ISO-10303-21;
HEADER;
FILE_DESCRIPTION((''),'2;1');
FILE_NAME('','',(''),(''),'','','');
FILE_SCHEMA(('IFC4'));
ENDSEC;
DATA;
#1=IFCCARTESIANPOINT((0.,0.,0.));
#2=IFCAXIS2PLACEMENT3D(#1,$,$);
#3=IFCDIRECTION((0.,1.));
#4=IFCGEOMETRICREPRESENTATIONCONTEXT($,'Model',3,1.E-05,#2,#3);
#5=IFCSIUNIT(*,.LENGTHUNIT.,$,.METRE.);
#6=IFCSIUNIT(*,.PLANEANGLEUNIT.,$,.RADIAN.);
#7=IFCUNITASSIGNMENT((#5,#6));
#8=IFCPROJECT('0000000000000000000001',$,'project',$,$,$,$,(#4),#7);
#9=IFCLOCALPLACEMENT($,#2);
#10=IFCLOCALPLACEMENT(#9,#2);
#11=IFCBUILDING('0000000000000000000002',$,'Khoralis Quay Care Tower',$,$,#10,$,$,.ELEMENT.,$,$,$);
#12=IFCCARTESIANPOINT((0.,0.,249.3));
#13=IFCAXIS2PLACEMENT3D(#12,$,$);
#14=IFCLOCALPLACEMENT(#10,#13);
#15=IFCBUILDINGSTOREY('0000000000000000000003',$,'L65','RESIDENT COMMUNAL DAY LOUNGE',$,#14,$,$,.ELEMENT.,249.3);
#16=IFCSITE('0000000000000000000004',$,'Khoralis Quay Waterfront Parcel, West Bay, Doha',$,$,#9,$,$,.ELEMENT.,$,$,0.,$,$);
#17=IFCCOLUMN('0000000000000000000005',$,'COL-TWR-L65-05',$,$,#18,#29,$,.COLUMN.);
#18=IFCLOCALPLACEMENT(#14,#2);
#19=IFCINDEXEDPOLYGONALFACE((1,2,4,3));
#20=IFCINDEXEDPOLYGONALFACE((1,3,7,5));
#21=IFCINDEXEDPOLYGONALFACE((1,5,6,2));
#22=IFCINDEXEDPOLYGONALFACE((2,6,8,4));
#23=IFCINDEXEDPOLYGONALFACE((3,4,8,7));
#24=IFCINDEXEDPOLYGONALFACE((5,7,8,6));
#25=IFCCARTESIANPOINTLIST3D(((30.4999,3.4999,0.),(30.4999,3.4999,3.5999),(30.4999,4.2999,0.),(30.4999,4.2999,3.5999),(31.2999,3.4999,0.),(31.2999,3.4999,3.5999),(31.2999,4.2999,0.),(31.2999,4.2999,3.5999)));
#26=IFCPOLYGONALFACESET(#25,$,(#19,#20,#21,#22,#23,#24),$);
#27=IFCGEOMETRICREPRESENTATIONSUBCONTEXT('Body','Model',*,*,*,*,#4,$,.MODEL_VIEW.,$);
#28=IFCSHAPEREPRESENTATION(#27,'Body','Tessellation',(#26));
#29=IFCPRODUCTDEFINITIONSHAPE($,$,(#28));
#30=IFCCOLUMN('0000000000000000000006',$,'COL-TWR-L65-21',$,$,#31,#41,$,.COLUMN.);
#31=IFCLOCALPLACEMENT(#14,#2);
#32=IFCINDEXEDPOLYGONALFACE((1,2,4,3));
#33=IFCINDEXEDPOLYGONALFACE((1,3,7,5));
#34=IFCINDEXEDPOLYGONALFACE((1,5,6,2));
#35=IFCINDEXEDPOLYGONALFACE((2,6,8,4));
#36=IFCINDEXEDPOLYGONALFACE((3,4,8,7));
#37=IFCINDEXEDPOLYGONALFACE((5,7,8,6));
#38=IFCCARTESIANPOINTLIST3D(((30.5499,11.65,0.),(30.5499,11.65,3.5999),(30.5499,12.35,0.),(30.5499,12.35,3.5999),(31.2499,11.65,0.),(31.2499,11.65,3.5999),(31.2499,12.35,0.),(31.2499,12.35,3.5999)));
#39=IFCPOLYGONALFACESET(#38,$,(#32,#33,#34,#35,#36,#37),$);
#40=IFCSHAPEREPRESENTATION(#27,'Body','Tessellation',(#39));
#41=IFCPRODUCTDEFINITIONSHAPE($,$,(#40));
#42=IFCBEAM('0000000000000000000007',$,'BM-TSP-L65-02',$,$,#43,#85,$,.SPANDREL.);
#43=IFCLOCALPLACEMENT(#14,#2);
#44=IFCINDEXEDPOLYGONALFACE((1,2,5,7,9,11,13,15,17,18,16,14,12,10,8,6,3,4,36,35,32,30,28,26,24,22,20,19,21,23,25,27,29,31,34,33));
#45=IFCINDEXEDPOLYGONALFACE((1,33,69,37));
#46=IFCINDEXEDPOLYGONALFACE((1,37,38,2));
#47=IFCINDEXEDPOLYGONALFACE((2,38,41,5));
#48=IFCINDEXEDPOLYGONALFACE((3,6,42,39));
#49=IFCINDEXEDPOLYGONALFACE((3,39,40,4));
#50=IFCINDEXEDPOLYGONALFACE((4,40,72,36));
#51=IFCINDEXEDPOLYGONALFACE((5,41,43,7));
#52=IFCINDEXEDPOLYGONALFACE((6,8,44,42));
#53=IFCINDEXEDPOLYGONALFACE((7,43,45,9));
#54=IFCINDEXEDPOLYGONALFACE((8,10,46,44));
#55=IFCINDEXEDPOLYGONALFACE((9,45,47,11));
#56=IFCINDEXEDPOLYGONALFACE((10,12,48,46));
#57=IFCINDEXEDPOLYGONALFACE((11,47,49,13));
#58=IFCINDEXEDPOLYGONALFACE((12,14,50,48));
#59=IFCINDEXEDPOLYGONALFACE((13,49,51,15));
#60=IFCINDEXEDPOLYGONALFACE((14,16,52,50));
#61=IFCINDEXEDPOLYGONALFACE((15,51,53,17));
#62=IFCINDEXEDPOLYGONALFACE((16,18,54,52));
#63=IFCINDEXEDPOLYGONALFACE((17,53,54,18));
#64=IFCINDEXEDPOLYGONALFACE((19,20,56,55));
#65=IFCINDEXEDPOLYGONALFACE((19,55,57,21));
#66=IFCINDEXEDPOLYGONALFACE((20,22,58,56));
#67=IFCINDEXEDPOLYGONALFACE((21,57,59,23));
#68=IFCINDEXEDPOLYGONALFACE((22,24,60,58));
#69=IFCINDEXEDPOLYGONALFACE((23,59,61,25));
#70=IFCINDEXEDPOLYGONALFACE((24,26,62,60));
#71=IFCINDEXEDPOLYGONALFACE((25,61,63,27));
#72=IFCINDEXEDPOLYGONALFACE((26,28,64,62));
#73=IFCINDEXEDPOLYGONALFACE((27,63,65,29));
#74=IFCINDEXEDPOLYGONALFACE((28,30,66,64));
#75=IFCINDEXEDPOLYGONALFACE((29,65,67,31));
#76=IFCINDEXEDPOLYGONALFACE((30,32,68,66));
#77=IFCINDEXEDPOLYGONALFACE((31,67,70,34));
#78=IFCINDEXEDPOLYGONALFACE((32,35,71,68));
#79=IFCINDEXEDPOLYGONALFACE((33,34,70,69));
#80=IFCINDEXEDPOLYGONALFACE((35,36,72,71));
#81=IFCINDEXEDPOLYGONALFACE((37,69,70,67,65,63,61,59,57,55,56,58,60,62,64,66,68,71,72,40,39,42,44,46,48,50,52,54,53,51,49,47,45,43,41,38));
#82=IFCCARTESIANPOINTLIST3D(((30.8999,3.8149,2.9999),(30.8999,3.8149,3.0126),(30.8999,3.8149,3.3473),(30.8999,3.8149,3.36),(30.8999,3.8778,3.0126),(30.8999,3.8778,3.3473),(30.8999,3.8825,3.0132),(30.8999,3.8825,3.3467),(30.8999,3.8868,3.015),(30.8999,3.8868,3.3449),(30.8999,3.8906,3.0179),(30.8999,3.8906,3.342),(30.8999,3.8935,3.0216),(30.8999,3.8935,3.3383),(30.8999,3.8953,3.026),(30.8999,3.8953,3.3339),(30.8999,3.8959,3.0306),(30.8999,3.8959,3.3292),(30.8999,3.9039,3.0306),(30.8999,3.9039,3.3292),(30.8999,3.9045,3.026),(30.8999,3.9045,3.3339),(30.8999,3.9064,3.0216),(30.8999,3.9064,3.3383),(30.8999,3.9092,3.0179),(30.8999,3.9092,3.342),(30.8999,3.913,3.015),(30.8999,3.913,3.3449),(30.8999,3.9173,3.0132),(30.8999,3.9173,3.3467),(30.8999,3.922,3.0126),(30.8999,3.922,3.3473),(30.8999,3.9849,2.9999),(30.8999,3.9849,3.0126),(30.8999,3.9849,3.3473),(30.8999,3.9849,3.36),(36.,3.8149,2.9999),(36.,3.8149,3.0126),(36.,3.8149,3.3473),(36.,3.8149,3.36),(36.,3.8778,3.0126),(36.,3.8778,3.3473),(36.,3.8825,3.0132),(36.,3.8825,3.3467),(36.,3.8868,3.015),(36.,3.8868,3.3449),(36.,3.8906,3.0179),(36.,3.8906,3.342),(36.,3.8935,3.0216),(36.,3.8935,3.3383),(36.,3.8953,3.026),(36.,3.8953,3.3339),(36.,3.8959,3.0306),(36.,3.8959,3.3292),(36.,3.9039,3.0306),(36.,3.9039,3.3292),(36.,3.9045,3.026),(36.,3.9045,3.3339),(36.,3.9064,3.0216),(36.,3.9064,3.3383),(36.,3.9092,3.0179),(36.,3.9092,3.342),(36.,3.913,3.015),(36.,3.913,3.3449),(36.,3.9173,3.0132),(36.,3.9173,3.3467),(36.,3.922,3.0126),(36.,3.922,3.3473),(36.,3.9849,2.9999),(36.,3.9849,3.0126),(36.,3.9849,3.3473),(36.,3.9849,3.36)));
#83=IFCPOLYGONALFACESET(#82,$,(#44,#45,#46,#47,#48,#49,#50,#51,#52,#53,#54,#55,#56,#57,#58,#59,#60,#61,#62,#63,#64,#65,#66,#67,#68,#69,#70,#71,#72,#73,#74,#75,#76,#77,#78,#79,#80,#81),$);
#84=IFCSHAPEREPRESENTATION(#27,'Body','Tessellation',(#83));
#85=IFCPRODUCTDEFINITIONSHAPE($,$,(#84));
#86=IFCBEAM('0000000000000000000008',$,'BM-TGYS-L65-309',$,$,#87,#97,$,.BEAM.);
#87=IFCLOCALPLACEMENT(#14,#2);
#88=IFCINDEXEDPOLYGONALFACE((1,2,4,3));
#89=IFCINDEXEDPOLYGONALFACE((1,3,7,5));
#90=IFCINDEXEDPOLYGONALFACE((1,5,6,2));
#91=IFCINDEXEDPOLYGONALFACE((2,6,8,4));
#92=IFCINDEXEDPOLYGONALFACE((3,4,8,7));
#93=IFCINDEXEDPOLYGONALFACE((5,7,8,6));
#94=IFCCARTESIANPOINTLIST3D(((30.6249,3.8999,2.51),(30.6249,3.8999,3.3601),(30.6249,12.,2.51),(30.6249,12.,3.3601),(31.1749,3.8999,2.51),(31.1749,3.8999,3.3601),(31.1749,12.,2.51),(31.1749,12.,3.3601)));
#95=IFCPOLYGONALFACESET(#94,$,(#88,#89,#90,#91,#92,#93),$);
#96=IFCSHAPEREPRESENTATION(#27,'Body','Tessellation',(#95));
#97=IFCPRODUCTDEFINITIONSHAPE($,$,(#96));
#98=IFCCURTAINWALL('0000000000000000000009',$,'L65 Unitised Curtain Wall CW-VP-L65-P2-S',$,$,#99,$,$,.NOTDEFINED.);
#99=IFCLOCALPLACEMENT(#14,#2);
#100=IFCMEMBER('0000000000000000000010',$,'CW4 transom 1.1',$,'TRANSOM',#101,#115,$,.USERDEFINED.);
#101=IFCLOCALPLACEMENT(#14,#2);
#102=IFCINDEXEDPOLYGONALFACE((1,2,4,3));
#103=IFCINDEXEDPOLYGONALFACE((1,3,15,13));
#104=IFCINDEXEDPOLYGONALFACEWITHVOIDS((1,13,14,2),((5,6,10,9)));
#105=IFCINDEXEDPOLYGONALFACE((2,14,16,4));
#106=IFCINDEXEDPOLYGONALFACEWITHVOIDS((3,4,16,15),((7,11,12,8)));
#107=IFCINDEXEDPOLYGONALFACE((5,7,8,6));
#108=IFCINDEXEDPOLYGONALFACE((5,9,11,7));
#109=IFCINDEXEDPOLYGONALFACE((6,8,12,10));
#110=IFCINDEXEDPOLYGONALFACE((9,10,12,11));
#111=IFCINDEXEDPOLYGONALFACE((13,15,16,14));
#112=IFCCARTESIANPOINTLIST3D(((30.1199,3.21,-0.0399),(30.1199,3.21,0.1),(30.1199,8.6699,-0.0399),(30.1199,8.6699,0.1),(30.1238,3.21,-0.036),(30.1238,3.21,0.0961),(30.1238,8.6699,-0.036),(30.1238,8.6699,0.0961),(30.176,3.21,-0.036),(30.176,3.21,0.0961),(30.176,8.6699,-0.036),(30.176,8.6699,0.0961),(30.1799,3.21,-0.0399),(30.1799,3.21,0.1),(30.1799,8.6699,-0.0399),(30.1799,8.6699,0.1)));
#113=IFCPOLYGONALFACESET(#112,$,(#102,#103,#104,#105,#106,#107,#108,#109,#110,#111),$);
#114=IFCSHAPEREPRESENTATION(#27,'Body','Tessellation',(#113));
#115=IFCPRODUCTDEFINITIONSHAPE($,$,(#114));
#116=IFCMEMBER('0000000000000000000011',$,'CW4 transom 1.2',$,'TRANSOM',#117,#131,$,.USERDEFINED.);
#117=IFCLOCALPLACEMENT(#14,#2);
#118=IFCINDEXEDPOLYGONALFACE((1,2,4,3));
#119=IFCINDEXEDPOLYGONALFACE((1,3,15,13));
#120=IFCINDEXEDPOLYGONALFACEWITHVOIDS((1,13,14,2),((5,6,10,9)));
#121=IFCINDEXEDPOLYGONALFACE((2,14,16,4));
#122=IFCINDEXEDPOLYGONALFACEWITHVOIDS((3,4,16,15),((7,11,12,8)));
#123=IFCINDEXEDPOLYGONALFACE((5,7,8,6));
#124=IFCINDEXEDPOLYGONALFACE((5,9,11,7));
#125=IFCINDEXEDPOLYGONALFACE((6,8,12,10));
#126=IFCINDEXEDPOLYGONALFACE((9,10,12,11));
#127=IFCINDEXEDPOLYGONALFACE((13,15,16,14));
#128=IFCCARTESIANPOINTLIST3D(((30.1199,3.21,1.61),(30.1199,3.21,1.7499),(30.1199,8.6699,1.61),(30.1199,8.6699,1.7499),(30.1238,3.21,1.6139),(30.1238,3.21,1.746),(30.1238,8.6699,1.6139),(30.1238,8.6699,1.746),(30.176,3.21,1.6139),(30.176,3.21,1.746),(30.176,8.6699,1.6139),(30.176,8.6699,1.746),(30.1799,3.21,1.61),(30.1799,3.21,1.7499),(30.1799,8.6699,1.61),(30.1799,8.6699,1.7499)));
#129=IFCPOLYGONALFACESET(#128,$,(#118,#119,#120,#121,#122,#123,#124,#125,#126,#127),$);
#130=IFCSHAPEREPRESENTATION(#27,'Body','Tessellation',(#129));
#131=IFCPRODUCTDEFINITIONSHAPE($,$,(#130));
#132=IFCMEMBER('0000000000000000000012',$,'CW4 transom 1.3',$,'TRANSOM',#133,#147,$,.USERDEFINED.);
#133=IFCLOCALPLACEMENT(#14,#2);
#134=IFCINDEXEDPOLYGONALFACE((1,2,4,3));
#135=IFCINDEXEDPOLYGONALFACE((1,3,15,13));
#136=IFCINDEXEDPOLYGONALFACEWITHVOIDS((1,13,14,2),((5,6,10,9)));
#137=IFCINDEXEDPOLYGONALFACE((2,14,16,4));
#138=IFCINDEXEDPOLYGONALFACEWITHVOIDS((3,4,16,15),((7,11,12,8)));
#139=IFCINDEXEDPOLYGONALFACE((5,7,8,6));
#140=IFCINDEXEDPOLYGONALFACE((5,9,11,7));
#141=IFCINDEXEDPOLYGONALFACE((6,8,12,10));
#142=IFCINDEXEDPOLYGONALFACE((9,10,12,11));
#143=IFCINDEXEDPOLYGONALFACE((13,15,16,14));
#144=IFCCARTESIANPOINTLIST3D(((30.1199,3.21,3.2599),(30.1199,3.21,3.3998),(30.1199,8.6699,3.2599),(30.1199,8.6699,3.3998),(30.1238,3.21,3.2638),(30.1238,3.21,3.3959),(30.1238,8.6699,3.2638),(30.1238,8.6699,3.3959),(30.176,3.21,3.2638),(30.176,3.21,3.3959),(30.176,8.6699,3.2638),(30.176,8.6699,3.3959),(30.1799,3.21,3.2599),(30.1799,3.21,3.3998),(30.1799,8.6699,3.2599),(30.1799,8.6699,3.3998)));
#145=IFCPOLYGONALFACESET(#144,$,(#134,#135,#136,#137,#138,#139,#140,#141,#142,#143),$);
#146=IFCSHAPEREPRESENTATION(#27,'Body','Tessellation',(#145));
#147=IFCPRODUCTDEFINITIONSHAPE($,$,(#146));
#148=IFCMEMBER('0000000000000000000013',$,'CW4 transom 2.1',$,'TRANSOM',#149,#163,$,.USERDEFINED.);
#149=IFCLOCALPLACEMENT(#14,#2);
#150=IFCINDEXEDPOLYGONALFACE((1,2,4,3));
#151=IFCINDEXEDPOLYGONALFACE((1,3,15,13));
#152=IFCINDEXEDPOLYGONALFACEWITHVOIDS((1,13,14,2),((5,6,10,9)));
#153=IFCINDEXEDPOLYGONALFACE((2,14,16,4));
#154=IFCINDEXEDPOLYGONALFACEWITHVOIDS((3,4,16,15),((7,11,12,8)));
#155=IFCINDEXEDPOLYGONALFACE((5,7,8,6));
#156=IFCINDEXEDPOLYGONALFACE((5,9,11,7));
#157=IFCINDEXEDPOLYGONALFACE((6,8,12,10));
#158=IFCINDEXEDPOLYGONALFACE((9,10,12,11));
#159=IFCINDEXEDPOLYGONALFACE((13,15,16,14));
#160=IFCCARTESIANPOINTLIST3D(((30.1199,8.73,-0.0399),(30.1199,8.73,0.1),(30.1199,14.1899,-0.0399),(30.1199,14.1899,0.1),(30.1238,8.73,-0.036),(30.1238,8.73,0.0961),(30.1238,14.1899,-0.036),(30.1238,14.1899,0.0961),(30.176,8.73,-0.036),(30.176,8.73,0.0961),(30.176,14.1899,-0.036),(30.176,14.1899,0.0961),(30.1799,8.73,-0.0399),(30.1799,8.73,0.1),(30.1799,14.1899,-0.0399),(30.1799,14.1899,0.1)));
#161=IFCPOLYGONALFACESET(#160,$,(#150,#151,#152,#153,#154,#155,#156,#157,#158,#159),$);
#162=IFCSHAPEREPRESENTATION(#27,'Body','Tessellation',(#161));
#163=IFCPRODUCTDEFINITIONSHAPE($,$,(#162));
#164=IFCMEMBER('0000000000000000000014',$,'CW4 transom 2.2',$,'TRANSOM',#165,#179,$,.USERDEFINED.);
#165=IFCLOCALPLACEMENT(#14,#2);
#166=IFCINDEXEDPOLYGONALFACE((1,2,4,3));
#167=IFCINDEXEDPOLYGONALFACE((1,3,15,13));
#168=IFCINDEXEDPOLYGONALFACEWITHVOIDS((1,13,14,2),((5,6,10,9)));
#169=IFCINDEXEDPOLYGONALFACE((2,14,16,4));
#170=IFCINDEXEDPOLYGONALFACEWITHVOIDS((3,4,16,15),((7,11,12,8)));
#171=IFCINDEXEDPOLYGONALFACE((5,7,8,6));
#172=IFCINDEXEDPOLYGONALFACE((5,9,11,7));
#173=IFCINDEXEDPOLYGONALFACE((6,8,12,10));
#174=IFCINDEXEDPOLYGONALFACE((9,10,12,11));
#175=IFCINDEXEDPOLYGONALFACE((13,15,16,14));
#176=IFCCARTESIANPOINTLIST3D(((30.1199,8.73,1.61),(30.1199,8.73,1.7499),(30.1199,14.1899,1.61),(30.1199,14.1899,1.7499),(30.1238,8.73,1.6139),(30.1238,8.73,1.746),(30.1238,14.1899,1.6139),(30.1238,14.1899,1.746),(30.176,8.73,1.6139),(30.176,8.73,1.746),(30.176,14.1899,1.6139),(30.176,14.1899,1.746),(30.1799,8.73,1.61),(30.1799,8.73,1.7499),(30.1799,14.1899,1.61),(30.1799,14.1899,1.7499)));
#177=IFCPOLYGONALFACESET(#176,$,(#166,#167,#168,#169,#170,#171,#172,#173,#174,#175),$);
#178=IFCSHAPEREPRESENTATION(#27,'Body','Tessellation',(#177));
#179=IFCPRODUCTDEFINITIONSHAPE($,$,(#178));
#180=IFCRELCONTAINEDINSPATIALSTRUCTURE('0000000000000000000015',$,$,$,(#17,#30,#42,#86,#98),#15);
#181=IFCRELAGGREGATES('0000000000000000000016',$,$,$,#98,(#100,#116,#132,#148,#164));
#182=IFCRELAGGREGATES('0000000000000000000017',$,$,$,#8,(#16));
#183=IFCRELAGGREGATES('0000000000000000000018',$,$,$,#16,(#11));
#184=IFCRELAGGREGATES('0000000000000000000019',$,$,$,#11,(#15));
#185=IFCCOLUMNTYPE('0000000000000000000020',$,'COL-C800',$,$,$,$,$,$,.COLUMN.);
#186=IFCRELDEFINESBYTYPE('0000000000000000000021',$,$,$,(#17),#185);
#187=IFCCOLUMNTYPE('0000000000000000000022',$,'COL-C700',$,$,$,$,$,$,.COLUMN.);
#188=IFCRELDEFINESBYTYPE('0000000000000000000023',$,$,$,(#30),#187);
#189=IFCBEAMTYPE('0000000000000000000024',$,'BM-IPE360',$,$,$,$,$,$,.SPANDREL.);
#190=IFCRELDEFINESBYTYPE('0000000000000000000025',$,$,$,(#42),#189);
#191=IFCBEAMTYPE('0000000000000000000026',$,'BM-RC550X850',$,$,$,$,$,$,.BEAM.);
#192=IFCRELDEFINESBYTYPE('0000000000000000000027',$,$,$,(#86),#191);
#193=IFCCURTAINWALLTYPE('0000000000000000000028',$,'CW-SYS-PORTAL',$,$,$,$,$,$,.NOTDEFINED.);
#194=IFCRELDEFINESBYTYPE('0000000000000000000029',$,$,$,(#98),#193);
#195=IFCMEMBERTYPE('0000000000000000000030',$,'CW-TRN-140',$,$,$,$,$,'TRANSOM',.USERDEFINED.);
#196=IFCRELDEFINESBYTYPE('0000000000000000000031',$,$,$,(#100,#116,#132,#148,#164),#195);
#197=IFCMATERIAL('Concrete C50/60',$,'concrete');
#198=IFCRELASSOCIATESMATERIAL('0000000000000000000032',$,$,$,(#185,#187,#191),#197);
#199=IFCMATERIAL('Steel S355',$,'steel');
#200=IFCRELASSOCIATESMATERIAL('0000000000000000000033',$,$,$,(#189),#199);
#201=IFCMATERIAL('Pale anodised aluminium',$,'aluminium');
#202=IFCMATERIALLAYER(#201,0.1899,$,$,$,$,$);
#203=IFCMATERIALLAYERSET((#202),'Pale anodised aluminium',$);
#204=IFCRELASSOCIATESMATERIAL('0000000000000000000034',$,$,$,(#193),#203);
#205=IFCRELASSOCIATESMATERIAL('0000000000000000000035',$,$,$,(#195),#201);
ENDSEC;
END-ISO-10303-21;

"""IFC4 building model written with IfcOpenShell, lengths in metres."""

from ifc_helpers import new_model, si_unit, direction, frame, origin, origin_2d, place, context, subcontext, project, spatial, rectangle, hollow_rectangle, i_section, extrude, source, transform, mapped, material, layer, layer_set, material_profile, profile_set, type_object, element, aggregate, save


model = new_model("IFC4")

# Units and contexts
model_context = context("Model", 3, precision=1e-05, world=origin(), true_north=direction((0.0, 1.0)))
body_context = subcontext(model_context, "Body", "Model", "MODEL_VIEW")
ifc_project = project(units=[si_unit("LENGTHUNIT", "METRE"), si_unit("PLANEANGLEUNIT", "RADIAN")], contexts=[model_context])

# Site, building, storey
site_placement = place(None, origin())
site = spatial("IfcSite", under=ifc_project, at=site_placement, Name="Khoralis Quay Waterfront Parcel, West Bay, Doha", CompositionType="ELEMENT", RefElevation=0.0)
building_placement = place(site_placement, origin())
building = spatial("IfcBuilding", under=site, at=building_placement, Name="Khoralis Quay Care Tower", CompositionType="ELEMENT")
storey_placement = place(building_placement, frame((0.0, 0.0, 249.3)))
storey = spatial("IfcBuildingStorey", under=building, at=storey_placement, Name="L65", Description="RESIDENT COMMUNAL DAY LOUNGE", CompositionType="ELEMENT", Elevation=249.3)

# Columns
ifc_material_1 = material(Name="Concrete C50/60", Category="concrete")
ifc_material_profile_1 = material_profile(ifc_material_1, rectangle(XDim=0.8, YDim=0.8, at=origin_2d()), Name="Concrete C50/60")
ifc_profile_set_1 = profile_set([ifc_material_profile_1], Name="Concrete C50/60")
column_type_1 = type_object("IfcColumnType", Name="COL-C800", PredefinedType="COLUMN", material=ifc_profile_set_1)
shared_shape_1 = source(origin(), body_context, "Body", "SweptSolid", [
    extrude(rectangle(XDim=0.8, YDim=0.8, at=origin_2d()), origin(), (0.0, 0.0, 1.0), 3.5999),
])
column_1_placement = place(storey_placement, frame((30.8999, 3.8999, 0.0), z_axis=(0.0, 0.0, 1.0), x_axis=(1.0, 0.0, 0.0)))
element("IfcColumn", 1, at=column_1_placement, inside=storey, type_object=column_type_1, Name="COL-TWR-L65-05", PredefinedType="COLUMN", context=body_context, shape_type="MappedRepresentation", body=[
    mapped(shared_shape_1, transform((0.0, 0.0, 0.0), scale=1.0)),
])
ifc_material_profile_2 = material_profile(ifc_material_1, rectangle(XDim=0.7, YDim=0.7, at=origin_2d()), Name="Concrete C50/60")
ifc_profile_set_2 = profile_set([ifc_material_profile_2], Name="Concrete C50/60")
column_type_2 = type_object("IfcColumnType", Name="COL-C700", PredefinedType="COLUMN", material=ifc_profile_set_2)
shared_shape_2 = source(origin(), body_context, "Body", "SweptSolid", [
    extrude(rectangle(XDim=0.7, YDim=0.7, at=origin_2d()), origin(), (0.0, 0.0, 1.0), 3.5999),
])
column_2_placement = place(storey_placement, frame((30.8999, 12.0, 0.0), z_axis=(0.0, 0.0, 1.0), x_axis=(1.0, 0.0, 0.0)))
element("IfcColumn", 2, at=column_2_placement, inside=storey, type_object=column_type_2, Name="COL-TWR-L65-21", PredefinedType="COLUMN", context=body_context, shape_type="MappedRepresentation", body=[
    mapped(shared_shape_2, transform((0.0, 0.0, 0.0), scale=1.0)),
])

# Beams
ifc_material_2 = material(Name="Steel S355", Category="steel")
ifc_material_profile_3 = material_profile(ifc_material_2, i_section(OverallWidth=0.1699, OverallDepth=0.3601, WebThickness=0.0081, FlangeThickness=0.0127, FilletRadius=0.0181, at=origin_2d()), Name="Steel S355")
ifc_profile_set_3 = profile_set([ifc_material_profile_3], Name="Steel S355")
beam_type_1 = type_object("IfcBeamType", Name="BM-IPE360", PredefinedType="SPANDREL", material=ifc_profile_set_3)
shared_shape_3 = source(origin(), body_context, "Body", "SweptSolid", [
    extrude(i_section(OverallWidth=0.1699, OverallDepth=0.3601, WebThickness=0.0081, FlangeThickness=0.0127, FilletRadius=0.0181, at=origin_2d()), origin(), (0.0, 0.0, 1.0), 5.1001),
])
beam_1_placement = place(storey_placement, frame((30.8999, 3.8999, 3.1799), z_axis=(1.0, 0.0, 0.0), x_axis=(0.0, 1.0, 0.0)))
element("IfcBeam", 3, at=beam_1_placement, inside=storey, type_object=beam_type_1, Name="BM-TSP-L65-02", PredefinedType="SPANDREL", context=body_context, shape_type="MappedRepresentation", body=[
    mapped(shared_shape_3, transform((0.0, 0.0, 0.0), scale=1.0)),
])
ifc_material_profile_4 = material_profile(ifc_material_1, rectangle(XDim=0.55, YDim=0.8501, at=origin_2d()), Name="Concrete C50/60")
ifc_profile_set_4 = profile_set([ifc_material_profile_4], Name="Concrete C50/60")
beam_type_2 = type_object("IfcBeamType", Name="BM-RC550X850", PredefinedType="BEAM", material=ifc_profile_set_4)
shared_shape_4 = source(origin(), body_context, "Body", "SweptSolid", [
    extrude(rectangle(XDim=0.55, YDim=0.8501, at=origin_2d()), origin(), (0.0, 0.0, 1.0), 8.1001),
])
beam_2_placement = place(storey_placement, frame((30.8999, 3.8999, 2.9351), z_axis=(0.0, 1.0, 0.0), x_axis=(-1.0, 0.0, 0.0)))
element("IfcBeam", 4, at=beam_2_placement, inside=storey, type_object=beam_type_2, Name="BM-TGYS-L65-309", PredefinedType="BEAM", context=body_context, shape_type="MappedRepresentation", body=[
    mapped(shared_shape_4, transform((0.0, 0.0, 0.0), scale=1.0)),
])

# Curtain wall, members
ifc_material_3 = material(Name="Pale anodised aluminium", Category="aluminium")
ifc_layer_1 = layer(ifc_material_3, 0.1899)
ifc_layer_set_1 = layer_set([ifc_layer_1], Name="Pale anodised aluminium")
curtain_wall_type = type_object("IfcCurtainWallType", Name="CW-SYS-PORTAL", PredefinedType="NOTDEFINED", material=ifc_layer_set_1)
curtain_wall_placement = place(storey_placement, origin())
curtain_wall = element("IfcCurtainWall", 5, at=curtain_wall_placement, inside=storey, type_object=curtain_wall_type, Name="L65 Unitised Curtain Wall CW-VP-L65-P2-S", PredefinedType="NOTDEFINED")
ifc_material_profile_5 = material_profile(ifc_material_3, hollow_rectangle(XDim=0.0601, YDim=0.1399, WallThickness=0.0039, at=origin_2d()), Name="Pale anodised aluminium")
ifc_profile_set_5 = profile_set([ifc_material_profile_5], Name="Pale anodised aluminium")
member_type_1 = type_object("IfcMemberType", Name="CW-TRN-140", ElementType="TRANSOM", PredefinedType="USERDEFINED", material=ifc_profile_set_5)
shared_shape_5 = source(origin(), body_context, "Body", "SweptSolid", [
    extrude(hollow_rectangle(XDim=0.0601, YDim=0.1399, WallThickness=0.0039, at=origin_2d()), origin(), (0.0, 0.0, 1.0), 5.46),
])
member_1_placement = place(storey_placement, frame((30.1499, 3.21, 0.03), z_axis=(0.0, 1.0, 0.0), x_axis=(-1.0, 0.0, 0.0)))
member_1 = element("IfcMember", 6, at=member_1_placement, type_object=member_type_1, Name="CW4 transom 1.1", ObjectType="TRANSOM", PredefinedType="USERDEFINED", context=body_context, shape_type="MappedRepresentation", body=[
    mapped(shared_shape_5, transform((0.0, 0.0, 0.0), scale=1.0)),
])
member_2_placement = place(storey_placement, frame((30.1499, 3.21, 1.6799), z_axis=(0.0, 1.0, 0.0), x_axis=(-1.0, 0.0, 0.0)))
member_2 = element("IfcMember", 7, at=member_2_placement, type_object=member_type_1, Name="CW4 transom 1.2", ObjectType="TRANSOM", PredefinedType="USERDEFINED", context=body_context, shape_type="MappedRepresentation", body=[
    mapped(shared_shape_5, transform((0.0, 0.0, 0.0), scale=1.0)),
])
member_3_placement = place(storey_placement, frame((30.1499, 3.21, 3.3298), z_axis=(0.0, 1.0, 0.0), x_axis=(-1.0, 0.0, 0.0)))
member_3 = element("IfcMember", 8, at=member_3_placement, type_object=member_type_1, Name="CW4 transom 1.3", ObjectType="TRANSOM", PredefinedType="USERDEFINED", context=body_context, shape_type="MappedRepresentation", body=[
    mapped(shared_shape_5, transform((0.0, 0.0, 0.0), scale=1.0)),
])
member_4_placement = place(storey_placement, frame((30.1499, 8.73, 0.03), z_axis=(0.0, 1.0, 0.0), x_axis=(-1.0, 0.0, 0.0)))
member_4 = element("IfcMember", 9, at=member_4_placement, type_object=member_type_1, Name="CW4 transom 2.1", ObjectType="TRANSOM", PredefinedType="USERDEFINED", context=body_context, shape_type="MappedRepresentation", body=[
    mapped(shared_shape_5, transform((0.0, 0.0, 0.0), scale=1.0)),
])
member_5_placement = place(storey_placement, frame((30.1499, 8.73, 1.6799), z_axis=(0.0, 1.0, 0.0), x_axis=(-1.0, 0.0, 0.0)))
member_5 = element("IfcMember", 10, at=member_5_placement, type_object=member_type_1, Name="CW4 transom 2.2", ObjectType="TRANSOM", PredefinedType="USERDEFINED", context=body_context, shape_type="MappedRepresentation", body=[
    mapped(shared_shape_5, transform((0.0, 0.0, 0.0), scale=1.0)),
])
aggregate(curtain_wall, [member_1, member_2, member_3, member_4, member_5])

save(model, "model.ifc")
